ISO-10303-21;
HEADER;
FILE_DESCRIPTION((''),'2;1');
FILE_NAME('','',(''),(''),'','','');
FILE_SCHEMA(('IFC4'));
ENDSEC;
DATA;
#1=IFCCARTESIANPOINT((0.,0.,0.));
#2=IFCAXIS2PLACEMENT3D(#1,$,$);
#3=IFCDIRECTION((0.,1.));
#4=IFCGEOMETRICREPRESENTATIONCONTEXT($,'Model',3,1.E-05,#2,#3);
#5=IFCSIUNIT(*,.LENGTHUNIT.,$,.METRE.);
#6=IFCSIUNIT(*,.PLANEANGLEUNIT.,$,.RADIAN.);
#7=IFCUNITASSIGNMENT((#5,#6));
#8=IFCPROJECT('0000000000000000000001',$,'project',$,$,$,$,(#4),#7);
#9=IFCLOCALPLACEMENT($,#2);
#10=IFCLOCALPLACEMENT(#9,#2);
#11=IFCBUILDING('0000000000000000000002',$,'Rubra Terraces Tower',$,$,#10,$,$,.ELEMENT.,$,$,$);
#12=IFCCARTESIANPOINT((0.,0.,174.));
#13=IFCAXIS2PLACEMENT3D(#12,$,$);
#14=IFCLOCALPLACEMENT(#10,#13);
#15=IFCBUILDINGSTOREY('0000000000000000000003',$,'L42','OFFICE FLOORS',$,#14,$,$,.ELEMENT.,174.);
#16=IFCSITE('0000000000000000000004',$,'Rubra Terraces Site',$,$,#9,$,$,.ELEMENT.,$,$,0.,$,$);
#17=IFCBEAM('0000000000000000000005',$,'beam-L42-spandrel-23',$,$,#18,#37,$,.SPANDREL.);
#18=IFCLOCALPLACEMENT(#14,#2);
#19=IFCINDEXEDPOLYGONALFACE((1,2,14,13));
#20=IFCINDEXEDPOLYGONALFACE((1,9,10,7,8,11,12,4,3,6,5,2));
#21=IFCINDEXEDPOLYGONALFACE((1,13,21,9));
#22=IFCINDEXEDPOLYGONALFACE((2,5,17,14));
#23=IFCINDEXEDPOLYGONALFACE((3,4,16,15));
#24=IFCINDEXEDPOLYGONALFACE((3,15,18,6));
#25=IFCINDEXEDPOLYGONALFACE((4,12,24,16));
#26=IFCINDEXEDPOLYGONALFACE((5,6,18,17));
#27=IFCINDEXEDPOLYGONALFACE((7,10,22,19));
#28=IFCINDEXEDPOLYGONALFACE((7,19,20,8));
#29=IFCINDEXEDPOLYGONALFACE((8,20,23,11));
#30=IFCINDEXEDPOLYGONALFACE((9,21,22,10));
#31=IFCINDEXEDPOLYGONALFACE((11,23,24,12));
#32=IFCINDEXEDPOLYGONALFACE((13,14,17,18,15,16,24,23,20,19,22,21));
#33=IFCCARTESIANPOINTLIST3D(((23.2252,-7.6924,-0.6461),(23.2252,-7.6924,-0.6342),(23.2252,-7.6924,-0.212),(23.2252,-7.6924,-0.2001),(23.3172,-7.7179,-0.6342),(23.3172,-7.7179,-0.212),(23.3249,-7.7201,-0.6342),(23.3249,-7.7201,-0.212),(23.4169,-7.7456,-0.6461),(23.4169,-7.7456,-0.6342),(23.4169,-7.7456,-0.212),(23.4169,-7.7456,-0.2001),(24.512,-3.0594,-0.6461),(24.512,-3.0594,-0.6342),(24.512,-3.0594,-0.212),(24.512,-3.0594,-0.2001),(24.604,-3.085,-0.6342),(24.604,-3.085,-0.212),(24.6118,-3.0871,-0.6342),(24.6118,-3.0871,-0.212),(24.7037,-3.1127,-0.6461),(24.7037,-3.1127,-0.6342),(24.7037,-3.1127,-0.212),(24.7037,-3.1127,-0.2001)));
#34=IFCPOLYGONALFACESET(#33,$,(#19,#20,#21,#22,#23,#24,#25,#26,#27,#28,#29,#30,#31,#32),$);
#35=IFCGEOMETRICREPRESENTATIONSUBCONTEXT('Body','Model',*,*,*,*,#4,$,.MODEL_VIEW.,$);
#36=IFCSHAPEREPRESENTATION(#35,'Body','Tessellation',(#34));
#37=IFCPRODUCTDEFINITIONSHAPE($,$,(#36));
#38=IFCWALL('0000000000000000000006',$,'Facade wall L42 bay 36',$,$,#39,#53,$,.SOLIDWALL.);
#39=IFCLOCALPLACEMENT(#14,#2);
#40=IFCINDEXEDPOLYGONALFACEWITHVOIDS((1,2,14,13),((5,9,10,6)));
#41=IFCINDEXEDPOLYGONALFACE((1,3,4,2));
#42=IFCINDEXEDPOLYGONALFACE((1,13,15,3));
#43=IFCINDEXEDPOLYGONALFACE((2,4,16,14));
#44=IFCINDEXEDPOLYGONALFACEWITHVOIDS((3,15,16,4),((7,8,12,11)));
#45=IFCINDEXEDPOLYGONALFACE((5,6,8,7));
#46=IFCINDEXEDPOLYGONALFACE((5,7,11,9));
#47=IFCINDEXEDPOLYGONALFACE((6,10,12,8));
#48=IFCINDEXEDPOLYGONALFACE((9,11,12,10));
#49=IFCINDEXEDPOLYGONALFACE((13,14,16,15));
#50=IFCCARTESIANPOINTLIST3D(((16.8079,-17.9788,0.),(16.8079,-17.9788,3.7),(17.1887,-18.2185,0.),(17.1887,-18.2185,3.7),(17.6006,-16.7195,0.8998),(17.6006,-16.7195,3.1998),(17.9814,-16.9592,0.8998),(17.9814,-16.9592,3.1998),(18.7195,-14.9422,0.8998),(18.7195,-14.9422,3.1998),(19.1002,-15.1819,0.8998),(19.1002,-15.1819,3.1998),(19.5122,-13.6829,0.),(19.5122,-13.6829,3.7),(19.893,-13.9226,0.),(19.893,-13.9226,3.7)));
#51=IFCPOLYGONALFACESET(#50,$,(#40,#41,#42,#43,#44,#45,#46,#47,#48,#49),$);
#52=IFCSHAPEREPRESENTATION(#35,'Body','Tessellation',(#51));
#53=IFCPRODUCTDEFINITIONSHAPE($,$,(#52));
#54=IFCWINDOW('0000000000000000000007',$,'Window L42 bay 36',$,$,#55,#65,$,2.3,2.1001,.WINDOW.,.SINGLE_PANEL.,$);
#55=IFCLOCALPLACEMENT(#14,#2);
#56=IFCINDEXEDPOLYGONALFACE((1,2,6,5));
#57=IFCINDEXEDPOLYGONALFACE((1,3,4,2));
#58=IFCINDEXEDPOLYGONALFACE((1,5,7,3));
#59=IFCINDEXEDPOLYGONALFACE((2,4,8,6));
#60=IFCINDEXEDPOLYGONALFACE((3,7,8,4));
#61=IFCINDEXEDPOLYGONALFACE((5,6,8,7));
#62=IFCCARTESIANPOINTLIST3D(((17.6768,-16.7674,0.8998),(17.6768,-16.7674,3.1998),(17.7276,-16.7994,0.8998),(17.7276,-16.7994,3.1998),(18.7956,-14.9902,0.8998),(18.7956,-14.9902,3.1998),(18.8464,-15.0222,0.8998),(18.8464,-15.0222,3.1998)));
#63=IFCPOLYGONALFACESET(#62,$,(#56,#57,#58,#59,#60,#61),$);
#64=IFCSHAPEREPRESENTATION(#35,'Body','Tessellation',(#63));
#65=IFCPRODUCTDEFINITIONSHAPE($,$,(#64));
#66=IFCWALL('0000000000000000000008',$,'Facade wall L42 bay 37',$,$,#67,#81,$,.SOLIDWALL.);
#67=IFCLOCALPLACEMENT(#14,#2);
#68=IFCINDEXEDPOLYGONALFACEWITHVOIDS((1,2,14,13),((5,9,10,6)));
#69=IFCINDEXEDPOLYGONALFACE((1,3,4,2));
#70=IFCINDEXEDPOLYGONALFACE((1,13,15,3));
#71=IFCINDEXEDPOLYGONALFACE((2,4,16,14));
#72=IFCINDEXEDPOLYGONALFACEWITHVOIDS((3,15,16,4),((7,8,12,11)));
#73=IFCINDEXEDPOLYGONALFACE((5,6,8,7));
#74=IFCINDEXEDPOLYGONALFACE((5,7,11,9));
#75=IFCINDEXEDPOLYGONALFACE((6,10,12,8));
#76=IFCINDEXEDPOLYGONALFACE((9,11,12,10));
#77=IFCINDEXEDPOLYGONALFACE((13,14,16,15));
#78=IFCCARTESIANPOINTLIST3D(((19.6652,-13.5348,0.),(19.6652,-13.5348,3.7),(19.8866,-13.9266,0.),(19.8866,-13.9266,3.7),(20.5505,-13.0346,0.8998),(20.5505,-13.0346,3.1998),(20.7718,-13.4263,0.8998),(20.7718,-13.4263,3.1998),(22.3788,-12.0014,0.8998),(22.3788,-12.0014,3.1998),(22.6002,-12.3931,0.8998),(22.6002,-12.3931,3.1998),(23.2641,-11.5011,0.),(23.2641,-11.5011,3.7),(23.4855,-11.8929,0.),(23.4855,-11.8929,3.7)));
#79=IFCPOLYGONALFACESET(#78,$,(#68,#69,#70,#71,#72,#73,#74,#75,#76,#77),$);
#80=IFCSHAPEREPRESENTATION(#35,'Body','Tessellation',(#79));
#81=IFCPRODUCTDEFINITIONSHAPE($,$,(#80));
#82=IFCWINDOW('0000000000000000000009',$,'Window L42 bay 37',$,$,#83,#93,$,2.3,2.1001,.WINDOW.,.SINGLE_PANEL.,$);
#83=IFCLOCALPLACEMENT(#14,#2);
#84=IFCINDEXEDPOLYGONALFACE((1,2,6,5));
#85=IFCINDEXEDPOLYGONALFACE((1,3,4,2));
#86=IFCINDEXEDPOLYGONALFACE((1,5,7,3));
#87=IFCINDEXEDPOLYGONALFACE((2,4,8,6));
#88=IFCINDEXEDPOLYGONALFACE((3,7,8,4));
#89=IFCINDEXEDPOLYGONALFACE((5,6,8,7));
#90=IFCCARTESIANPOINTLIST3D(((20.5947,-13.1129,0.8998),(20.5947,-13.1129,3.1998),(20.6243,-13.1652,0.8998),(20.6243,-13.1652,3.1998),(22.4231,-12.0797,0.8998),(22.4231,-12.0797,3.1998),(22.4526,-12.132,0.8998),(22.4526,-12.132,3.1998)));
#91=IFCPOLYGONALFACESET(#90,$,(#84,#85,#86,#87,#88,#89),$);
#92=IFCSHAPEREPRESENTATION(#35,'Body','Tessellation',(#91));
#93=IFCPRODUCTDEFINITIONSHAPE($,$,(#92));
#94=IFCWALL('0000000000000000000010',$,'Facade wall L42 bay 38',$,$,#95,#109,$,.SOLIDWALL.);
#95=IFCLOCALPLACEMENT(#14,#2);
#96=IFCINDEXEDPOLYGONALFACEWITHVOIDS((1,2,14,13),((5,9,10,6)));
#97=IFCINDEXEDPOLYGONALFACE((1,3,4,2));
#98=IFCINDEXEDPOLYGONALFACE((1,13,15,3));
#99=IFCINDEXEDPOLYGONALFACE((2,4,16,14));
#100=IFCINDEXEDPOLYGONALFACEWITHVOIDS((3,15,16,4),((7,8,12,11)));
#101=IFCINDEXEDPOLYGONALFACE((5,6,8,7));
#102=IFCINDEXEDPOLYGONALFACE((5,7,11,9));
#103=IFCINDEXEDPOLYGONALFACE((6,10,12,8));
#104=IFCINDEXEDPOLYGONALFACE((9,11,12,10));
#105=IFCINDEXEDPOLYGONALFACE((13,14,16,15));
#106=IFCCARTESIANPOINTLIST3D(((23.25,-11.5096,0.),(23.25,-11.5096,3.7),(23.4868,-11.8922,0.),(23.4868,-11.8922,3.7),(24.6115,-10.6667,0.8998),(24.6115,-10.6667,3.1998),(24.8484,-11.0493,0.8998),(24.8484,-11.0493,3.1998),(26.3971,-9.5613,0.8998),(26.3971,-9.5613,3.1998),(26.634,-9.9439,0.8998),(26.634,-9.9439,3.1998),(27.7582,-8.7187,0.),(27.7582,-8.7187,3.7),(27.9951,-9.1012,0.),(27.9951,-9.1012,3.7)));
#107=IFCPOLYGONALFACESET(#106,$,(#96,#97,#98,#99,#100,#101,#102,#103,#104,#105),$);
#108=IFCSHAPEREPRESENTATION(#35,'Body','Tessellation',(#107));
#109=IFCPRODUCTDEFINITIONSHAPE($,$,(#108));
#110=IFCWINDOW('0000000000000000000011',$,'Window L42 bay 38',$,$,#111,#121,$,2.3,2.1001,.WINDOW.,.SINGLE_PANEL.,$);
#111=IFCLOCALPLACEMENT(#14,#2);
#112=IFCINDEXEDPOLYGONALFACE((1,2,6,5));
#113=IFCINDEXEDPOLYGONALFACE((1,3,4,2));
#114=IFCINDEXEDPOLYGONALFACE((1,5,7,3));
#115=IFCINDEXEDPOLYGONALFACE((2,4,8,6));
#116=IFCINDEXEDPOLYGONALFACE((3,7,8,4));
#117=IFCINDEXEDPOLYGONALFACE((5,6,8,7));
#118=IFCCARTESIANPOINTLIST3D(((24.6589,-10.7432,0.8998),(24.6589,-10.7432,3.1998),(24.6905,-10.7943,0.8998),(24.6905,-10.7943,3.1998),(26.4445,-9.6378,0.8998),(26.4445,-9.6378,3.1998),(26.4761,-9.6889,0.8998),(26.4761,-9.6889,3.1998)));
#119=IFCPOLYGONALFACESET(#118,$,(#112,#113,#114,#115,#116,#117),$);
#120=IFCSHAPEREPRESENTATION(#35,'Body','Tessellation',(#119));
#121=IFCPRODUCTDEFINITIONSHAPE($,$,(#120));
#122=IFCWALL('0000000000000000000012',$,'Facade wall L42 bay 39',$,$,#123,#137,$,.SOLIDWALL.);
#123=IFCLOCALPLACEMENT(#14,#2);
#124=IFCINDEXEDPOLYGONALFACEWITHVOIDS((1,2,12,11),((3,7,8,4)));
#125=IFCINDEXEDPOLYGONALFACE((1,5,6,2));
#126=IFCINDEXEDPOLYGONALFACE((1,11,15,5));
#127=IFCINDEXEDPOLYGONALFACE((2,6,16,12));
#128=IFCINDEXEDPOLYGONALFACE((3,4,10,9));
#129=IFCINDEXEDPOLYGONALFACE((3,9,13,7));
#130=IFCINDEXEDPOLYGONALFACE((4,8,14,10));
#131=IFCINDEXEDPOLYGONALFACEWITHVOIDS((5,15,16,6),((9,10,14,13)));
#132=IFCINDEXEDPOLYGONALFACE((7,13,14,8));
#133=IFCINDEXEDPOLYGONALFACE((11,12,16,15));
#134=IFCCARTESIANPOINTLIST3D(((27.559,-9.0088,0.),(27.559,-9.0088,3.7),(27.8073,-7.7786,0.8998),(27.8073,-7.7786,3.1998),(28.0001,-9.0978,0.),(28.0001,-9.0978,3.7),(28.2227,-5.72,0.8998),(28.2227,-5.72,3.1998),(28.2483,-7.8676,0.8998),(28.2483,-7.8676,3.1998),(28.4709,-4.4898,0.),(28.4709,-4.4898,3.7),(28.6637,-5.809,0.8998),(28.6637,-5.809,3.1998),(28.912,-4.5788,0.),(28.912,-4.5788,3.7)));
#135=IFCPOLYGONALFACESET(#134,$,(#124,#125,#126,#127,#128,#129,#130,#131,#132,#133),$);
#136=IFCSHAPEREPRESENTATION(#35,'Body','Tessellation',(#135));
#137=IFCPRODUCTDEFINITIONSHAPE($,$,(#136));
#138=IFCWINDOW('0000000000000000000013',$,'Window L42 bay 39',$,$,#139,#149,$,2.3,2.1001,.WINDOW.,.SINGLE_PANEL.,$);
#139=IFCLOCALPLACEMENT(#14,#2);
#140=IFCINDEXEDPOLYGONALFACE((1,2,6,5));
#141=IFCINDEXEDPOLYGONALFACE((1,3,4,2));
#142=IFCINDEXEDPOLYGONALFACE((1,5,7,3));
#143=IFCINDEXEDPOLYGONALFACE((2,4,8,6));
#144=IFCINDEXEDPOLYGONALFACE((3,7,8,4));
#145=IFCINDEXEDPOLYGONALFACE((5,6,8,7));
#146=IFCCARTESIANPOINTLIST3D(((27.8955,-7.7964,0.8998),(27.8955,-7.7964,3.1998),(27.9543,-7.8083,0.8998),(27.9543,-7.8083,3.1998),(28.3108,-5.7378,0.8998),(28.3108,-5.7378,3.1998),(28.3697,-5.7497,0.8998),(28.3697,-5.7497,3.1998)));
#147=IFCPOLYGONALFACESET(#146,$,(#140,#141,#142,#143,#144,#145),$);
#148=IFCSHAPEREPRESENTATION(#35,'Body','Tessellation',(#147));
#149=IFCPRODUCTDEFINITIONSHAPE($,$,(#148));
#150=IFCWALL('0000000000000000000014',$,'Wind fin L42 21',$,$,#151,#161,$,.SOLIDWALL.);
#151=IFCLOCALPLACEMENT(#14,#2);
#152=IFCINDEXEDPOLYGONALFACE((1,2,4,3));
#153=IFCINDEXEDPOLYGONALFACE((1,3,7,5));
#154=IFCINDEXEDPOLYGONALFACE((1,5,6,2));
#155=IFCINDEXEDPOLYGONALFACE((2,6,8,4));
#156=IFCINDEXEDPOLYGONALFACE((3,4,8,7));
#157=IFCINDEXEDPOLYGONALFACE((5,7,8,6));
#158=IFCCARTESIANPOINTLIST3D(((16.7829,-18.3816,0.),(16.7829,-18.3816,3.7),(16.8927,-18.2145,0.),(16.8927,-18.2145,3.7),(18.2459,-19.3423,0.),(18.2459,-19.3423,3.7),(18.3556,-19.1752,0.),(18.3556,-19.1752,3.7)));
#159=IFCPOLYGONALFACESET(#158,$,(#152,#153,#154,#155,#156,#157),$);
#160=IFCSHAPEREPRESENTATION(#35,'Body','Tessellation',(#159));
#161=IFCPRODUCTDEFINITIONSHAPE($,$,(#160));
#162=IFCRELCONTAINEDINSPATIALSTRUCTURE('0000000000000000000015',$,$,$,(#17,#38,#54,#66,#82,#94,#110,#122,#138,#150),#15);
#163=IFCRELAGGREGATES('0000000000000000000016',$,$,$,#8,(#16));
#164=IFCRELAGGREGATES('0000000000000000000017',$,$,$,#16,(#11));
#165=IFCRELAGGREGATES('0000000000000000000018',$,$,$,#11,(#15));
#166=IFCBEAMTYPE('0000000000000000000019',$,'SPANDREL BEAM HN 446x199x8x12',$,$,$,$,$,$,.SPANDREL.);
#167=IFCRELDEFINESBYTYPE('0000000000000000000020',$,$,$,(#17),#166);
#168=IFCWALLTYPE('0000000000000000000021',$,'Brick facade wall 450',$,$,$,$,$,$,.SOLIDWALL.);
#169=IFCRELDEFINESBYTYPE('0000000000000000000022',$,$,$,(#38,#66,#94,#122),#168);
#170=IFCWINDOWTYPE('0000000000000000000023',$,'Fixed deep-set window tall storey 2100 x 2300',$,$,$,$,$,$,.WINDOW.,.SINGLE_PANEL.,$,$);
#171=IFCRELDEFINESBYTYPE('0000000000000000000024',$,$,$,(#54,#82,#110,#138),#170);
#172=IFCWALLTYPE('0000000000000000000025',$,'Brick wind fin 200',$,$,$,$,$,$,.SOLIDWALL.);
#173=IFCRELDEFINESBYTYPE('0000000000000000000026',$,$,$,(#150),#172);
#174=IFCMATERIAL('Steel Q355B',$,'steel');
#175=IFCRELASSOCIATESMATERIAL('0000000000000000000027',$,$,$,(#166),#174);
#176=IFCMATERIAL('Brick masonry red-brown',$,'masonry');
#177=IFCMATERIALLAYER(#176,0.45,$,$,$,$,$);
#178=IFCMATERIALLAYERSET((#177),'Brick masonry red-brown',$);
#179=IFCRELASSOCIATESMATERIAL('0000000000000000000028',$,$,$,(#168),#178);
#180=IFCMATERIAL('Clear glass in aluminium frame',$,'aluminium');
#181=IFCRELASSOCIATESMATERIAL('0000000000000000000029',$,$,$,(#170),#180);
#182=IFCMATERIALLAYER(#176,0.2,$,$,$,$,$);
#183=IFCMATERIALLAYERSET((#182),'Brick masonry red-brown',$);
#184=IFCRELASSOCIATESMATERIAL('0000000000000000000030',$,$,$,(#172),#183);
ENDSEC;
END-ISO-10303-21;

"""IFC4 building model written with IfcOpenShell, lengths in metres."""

from ifc_helpers import new_model, si_unit, direction, frame, frame_2d, origin, origin_2d, place, context, subcontext, project, spatial, rectangle, i_section, extrude, material, layer, layer_set, material_profile, profile_set, type_object, element, fill, save


model = new_model("IFC4")

# Units and contexts
model_context = context("Model", 3, precision=1e-05, world=origin(), true_north=direction((0.0, 1.0)))
body_context = subcontext(model_context, "Body", "Model", "MODEL_VIEW")
ifc_project = project(units=[si_unit("LENGTHUNIT", "METRE"), si_unit("PLANEANGLEUNIT", "RADIAN")], contexts=[model_context])

# Site, building, storey
site_placement = place(None, origin())
site = spatial("IfcSite", under=ifc_project, at=site_placement, Name="Rubra Terraces Site", CompositionType="ELEMENT", RefElevation=0.0)
building_placement = place(site_placement, origin())
building = spatial("IfcBuilding", under=site, at=building_placement, Name="Rubra Terraces Tower", CompositionType="ELEMENT")
storey_placement = place(building_placement, frame((0.0, 0.0, 174.0)))
storey = spatial("IfcBuildingStorey", under=building, at=storey_placement, Name="L42", Description="OFFICE FLOORS", CompositionType="ELEMENT", Elevation=174.0)

# Beam
ifc_material_1 = material(Name="Steel Q355B", Category="steel")
ifc_material_profile_1 = material_profile(ifc_material_1, i_section(OverallWidth=0.199, OverallDepth=0.446, WebThickness=0.0081, FlangeThickness=0.012, at=origin_2d()), Name="HN 446x199x8x12")
ifc_profile_set_1 = profile_set([ifc_material_profile_1], Name="Steel Q355B")
beam_type_1 = type_object("IfcBeamType", Name="SPANDREL BEAM HN 446x199x8x12", PredefinedType="SPANDREL", material=ifc_profile_set_1)
beam_1_placement = place(storey_placement, frame((23.321, -7.719, -0.4231), z_axis=(0.267626, 0.963523, 0.0), x_axis=(-0.963523, 0.267626, 0.0)))
element("IfcBeam", 1, at=beam_1_placement, inside=storey, type_object=beam_type_1, Name="beam-L42-spandrel-23", PredefinedType="SPANDREL", context=body_context, shape_type="SweptSolid", body=[
    extrude(i_section(OverallWidth=0.199, OverallDepth=0.446, WebThickness=0.0081, FlangeThickness=0.012, at=origin_2d()), origin(), (0.0, 0.0, 1.0), 4.8083),
])

# Walls, openings, windows
ifc_material_2 = material(Name="Brick masonry red-brown", Category="masonry")
ifc_layer_1 = layer(ifc_material_2, 0.45)
ifc_layer_set_1 = layer_set([ifc_layer_1], Name="Brick masonry red-brown")
wall_type_1 = type_object("IfcWallType", Name="Brick facade wall 450", PredefinedType="SOLIDWALL", material=ifc_layer_set_1)
wall_1_placement = place(storey_placement, frame((16.9983, -18.0986, 0.0), z_axis=(0.0, 0.0, 1.0), x_axis=(0.532746, 0.846275, 0.0)))
wall_1 = element("IfcWall", 2, at=wall_1_placement, inside=storey, type_object=wall_type_1, Name="Facade wall L42 bay 36", PredefinedType="SOLIDWALL", context=body_context, shape_type="SweptSolid", body=[
    extrude(rectangle(XDim=5.0762, YDim=0.45, at=frame_2d((2.5381, 0.0))), origin(), (0.0, 0.0, 1.0), 3.7),
])
opening_1_placement = place(wall_1_placement, frame((1.488, 0.0, 0.8999)))
opening_1 = element("IfcOpeningElement", 3, at=opening_1_placement, cuts=wall_1, PredefinedType="OPENING", context=body_context, shape_type="SweptSolid", body=[
    extrude(rectangle(XDim=2.1001, YDim=2.3, at=frame_2d((1.05, 1.1499))), frame((0.0, 0.2349, 0.0), z_axis=(0.0, -1.0, 0.0), x_axis=(1.0, 0.0, 0.0)), (0.0, 0.0, 1.0), 0.47),
])
ifc_material_3 = material(Name="Clear glass in aluminium frame", Category="aluminium")
window_type = type_object("IfcWindowType", Name="Fixed deep-set window tall storey 2100 x 2300", PartitioningType="SINGLE_PANEL", PredefinedType="WINDOW", material=ifc_material_3)
window_1_placement = place(opening_1_placement, origin())
window_1 = element("IfcWindow", 4, at=window_1_placement, inside=storey, type_object=window_type, Name="Window L42 bay 36", OverallHeight=2.3, OverallWidth=2.1001, PartitioningType="SINGLE_PANEL", PredefinedType="WINDOW", context=body_context, shape_type="SweptSolid", body=[
    extrude(rectangle(XDim=2.1001, YDim=2.3, at=frame_2d((1.05, 1.1499))), frame((0.0, 0.135, 0.0), z_axis=(0.0, -1.0, 0.0), x_axis=(1.0, 0.0, 0.0)), (0.0, 0.0, 1.0), 0.0601),
])
fill(opening_1, window_1)
wall_2_placement = place(storey_placement, frame((19.7759, -13.7307, 0.0), z_axis=(0.0, 0.0, 1.0), x_axis=(0.87061, 0.491974, 0.0)))
wall_2 = element("IfcWall", 5, at=wall_2_placement, inside=storey, type_object=wall_type_1, Name="Facade wall L42 bay 37", PredefinedType="SOLIDWALL", context=body_context, shape_type="SweptSolid", body=[
    extrude(rectangle(XDim=4.1338, YDim=0.45, at=frame_2d((2.0669, 0.0))), origin(), (0.0, 0.0, 1.0), 3.7),
])
opening_2_placement = place(wall_2_placement, frame((1.0168, 0.0, 0.8999)))
opening_2 = element("IfcOpeningElement", 6, at=opening_2_placement, cuts=wall_2, PredefinedType="OPENING", context=body_context, shape_type="SweptSolid", body=[
    extrude(rectangle(XDim=2.1001, YDim=2.3, at=frame_2d((1.05, 1.1499))), frame((0.0, 0.2349, 0.0), z_axis=(0.0, -1.0, 0.0), x_axis=(1.0, 0.0, 0.0)), (0.0, 0.0, 1.0), 0.47),
])
window_2_placement = place(opening_2_placement, origin())
window_2 = element("IfcWindow", 7, at=window_2_placement, inside=storey, type_object=window_type, Name="Window L42 bay 37", OverallHeight=2.3, OverallWidth=2.1001, PartitioningType="SINGLE_PANEL", PredefinedType="WINDOW", context=body_context, shape_type="SweptSolid", body=[
    extrude(rectangle(XDim=2.1001, YDim=2.3, at=frame_2d((1.05, 1.1499))), frame((0.0, 0.135, 0.0), z_axis=(0.0, -1.0, 0.0), x_axis=(1.0, 0.0, 0.0)), (0.0, 0.0, 1.0), 0.0601),
])
fill(opening_2, window_2)
wall_3_placement = place(storey_placement, frame((23.3684, -11.7009, 0.0), z_axis=(0.0, 0.0, 1.0), x_axis=(0.850251, 0.526377, 0.0)))
wall_3 = element("IfcWall", 8, at=wall_3_placement, inside=storey, type_object=wall_type_1, Name="Facade wall L42 bay 38", PredefinedType="SOLIDWALL", context=body_context, shape_type="SweptSolid", body=[
    extrude(rectangle(XDim=5.3022, YDim=0.45, at=frame_2d((2.6511, 0.0))), origin(), (0.0, 0.0, 1.0), 3.7),
])
opening_3_placement = place(wall_3_placement, frame((1.6013, 0.0, 0.8999)))
opening_3 = element("IfcOpeningElement", 9, at=opening_3_placement, cuts=wall_3, PredefinedType="OPENING", context=body_context, shape_type="SweptSolid", body=[
    extrude(rectangle(XDim=2.1001, YDim=2.3, at=frame_2d((1.05, 1.1499))), frame((0.0, 0.2349, 0.0), z_axis=(0.0, -1.0, 0.0), x_axis=(1.0, 0.0, 0.0)), (0.0, 0.0, 1.0), 0.47),
])
window_3_placement = place(opening_3_placement, origin())
window_3 = element("IfcWindow", 10, at=window_3_placement, inside=storey, type_object=window_type, Name="Window L42 bay 38", OverallHeight=2.3, OverallWidth=2.1001, PartitioningType="SINGLE_PANEL", PredefinedType="WINDOW", context=body_context, shape_type="SweptSolid", body=[
    extrude(rectangle(XDim=2.1001, YDim=2.3, at=frame_2d((1.05, 1.1499))), frame((0.0, 0.135, 0.0), z_axis=(0.0, -1.0, 0.0), x_axis=(1.0, 0.0, 0.0)), (0.0, 0.0, 1.0), 0.0601),
])
fill(opening_3, window_3)
wall_4_placement = place(storey_placement, frame((27.7795, -9.0535, 0.0), z_axis=(0.0, 0.0, 1.0), x_axis=(0.197796, 0.980243, 0.0)))
wall_4 = element("IfcWall", 11, at=wall_4_placement, inside=storey, type_object=wall_type_1, Name="Facade wall L42 bay 39", PredefinedType="SOLIDWALL", context=body_context, shape_type="SweptSolid", body=[
    extrude(rectangle(XDim=4.6101, YDim=0.45, at=frame_2d((2.3052, 0.0))), origin(), (0.0, 0.0, 1.0), 3.7),
])
opening_4_placement = place(wall_4_placement, frame((1.2551, 0.0, 0.8999)))
opening_4 = element("IfcOpeningElement", 12, at=opening_4_placement, cuts=wall_4, PredefinedType="OPENING", context=body_context, shape_type="SweptSolid", body=[
    extrude(rectangle(XDim=2.1001, YDim=2.3, at=frame_2d((1.05, 1.1499))), frame((0.0, 0.2349, 0.0), z_axis=(0.0, -1.0, 0.0), x_axis=(1.0, 0.0, 0.0)), (0.0, 0.0, 1.0), 0.47),
])
window_4_placement = place(opening_4_placement, origin())
window_4 = element("IfcWindow", 13, at=window_4_placement, inside=storey, type_object=window_type, Name="Window L42 bay 39", OverallHeight=2.3, OverallWidth=2.1001, PartitioningType="SINGLE_PANEL", PredefinedType="WINDOW", context=body_context, shape_type="SweptSolid", body=[
    extrude(rectangle(XDim=2.1001, YDim=2.3, at=frame_2d((1.05, 1.1499))), frame((0.0, 0.135, 0.0), z_axis=(0.0, -1.0, 0.0), x_axis=(1.0, 0.0, 0.0)), (0.0, 0.0, 1.0), 0.0601),
])
fill(opening_4, window_4)

# Wall
ifc_layer_2 = layer(ifc_material_2, 0.2)
ifc_layer_set_2 = layer_set([ifc_layer_2], Name="Brick masonry red-brown")
wall_type_2 = type_object("IfcWallType", Name="Brick wind fin 200", PredefinedType="SOLIDWALL", material=ifc_layer_set_2)
wall_5_placement = place(storey_placement, frame((16.8379, -18.2981, 0.0), z_axis=(0.0, 0.0, 1.0), x_axis=(0.835872, -0.548925, 0.0)))
element("IfcWall", 14, at=wall_5_placement, inside=storey, type_object=wall_type_2, Name="Wind fin L42 21", PredefinedType="SOLIDWALL", context=body_context, shape_type="SweptSolid", body=[
    extrude(rectangle(XDim=1.7502, YDim=0.2, at=frame_2d((0.875, 0.0))), origin(), (0.0, 0.0, 1.0), 3.7),
])

save(model, "model.ifc")
